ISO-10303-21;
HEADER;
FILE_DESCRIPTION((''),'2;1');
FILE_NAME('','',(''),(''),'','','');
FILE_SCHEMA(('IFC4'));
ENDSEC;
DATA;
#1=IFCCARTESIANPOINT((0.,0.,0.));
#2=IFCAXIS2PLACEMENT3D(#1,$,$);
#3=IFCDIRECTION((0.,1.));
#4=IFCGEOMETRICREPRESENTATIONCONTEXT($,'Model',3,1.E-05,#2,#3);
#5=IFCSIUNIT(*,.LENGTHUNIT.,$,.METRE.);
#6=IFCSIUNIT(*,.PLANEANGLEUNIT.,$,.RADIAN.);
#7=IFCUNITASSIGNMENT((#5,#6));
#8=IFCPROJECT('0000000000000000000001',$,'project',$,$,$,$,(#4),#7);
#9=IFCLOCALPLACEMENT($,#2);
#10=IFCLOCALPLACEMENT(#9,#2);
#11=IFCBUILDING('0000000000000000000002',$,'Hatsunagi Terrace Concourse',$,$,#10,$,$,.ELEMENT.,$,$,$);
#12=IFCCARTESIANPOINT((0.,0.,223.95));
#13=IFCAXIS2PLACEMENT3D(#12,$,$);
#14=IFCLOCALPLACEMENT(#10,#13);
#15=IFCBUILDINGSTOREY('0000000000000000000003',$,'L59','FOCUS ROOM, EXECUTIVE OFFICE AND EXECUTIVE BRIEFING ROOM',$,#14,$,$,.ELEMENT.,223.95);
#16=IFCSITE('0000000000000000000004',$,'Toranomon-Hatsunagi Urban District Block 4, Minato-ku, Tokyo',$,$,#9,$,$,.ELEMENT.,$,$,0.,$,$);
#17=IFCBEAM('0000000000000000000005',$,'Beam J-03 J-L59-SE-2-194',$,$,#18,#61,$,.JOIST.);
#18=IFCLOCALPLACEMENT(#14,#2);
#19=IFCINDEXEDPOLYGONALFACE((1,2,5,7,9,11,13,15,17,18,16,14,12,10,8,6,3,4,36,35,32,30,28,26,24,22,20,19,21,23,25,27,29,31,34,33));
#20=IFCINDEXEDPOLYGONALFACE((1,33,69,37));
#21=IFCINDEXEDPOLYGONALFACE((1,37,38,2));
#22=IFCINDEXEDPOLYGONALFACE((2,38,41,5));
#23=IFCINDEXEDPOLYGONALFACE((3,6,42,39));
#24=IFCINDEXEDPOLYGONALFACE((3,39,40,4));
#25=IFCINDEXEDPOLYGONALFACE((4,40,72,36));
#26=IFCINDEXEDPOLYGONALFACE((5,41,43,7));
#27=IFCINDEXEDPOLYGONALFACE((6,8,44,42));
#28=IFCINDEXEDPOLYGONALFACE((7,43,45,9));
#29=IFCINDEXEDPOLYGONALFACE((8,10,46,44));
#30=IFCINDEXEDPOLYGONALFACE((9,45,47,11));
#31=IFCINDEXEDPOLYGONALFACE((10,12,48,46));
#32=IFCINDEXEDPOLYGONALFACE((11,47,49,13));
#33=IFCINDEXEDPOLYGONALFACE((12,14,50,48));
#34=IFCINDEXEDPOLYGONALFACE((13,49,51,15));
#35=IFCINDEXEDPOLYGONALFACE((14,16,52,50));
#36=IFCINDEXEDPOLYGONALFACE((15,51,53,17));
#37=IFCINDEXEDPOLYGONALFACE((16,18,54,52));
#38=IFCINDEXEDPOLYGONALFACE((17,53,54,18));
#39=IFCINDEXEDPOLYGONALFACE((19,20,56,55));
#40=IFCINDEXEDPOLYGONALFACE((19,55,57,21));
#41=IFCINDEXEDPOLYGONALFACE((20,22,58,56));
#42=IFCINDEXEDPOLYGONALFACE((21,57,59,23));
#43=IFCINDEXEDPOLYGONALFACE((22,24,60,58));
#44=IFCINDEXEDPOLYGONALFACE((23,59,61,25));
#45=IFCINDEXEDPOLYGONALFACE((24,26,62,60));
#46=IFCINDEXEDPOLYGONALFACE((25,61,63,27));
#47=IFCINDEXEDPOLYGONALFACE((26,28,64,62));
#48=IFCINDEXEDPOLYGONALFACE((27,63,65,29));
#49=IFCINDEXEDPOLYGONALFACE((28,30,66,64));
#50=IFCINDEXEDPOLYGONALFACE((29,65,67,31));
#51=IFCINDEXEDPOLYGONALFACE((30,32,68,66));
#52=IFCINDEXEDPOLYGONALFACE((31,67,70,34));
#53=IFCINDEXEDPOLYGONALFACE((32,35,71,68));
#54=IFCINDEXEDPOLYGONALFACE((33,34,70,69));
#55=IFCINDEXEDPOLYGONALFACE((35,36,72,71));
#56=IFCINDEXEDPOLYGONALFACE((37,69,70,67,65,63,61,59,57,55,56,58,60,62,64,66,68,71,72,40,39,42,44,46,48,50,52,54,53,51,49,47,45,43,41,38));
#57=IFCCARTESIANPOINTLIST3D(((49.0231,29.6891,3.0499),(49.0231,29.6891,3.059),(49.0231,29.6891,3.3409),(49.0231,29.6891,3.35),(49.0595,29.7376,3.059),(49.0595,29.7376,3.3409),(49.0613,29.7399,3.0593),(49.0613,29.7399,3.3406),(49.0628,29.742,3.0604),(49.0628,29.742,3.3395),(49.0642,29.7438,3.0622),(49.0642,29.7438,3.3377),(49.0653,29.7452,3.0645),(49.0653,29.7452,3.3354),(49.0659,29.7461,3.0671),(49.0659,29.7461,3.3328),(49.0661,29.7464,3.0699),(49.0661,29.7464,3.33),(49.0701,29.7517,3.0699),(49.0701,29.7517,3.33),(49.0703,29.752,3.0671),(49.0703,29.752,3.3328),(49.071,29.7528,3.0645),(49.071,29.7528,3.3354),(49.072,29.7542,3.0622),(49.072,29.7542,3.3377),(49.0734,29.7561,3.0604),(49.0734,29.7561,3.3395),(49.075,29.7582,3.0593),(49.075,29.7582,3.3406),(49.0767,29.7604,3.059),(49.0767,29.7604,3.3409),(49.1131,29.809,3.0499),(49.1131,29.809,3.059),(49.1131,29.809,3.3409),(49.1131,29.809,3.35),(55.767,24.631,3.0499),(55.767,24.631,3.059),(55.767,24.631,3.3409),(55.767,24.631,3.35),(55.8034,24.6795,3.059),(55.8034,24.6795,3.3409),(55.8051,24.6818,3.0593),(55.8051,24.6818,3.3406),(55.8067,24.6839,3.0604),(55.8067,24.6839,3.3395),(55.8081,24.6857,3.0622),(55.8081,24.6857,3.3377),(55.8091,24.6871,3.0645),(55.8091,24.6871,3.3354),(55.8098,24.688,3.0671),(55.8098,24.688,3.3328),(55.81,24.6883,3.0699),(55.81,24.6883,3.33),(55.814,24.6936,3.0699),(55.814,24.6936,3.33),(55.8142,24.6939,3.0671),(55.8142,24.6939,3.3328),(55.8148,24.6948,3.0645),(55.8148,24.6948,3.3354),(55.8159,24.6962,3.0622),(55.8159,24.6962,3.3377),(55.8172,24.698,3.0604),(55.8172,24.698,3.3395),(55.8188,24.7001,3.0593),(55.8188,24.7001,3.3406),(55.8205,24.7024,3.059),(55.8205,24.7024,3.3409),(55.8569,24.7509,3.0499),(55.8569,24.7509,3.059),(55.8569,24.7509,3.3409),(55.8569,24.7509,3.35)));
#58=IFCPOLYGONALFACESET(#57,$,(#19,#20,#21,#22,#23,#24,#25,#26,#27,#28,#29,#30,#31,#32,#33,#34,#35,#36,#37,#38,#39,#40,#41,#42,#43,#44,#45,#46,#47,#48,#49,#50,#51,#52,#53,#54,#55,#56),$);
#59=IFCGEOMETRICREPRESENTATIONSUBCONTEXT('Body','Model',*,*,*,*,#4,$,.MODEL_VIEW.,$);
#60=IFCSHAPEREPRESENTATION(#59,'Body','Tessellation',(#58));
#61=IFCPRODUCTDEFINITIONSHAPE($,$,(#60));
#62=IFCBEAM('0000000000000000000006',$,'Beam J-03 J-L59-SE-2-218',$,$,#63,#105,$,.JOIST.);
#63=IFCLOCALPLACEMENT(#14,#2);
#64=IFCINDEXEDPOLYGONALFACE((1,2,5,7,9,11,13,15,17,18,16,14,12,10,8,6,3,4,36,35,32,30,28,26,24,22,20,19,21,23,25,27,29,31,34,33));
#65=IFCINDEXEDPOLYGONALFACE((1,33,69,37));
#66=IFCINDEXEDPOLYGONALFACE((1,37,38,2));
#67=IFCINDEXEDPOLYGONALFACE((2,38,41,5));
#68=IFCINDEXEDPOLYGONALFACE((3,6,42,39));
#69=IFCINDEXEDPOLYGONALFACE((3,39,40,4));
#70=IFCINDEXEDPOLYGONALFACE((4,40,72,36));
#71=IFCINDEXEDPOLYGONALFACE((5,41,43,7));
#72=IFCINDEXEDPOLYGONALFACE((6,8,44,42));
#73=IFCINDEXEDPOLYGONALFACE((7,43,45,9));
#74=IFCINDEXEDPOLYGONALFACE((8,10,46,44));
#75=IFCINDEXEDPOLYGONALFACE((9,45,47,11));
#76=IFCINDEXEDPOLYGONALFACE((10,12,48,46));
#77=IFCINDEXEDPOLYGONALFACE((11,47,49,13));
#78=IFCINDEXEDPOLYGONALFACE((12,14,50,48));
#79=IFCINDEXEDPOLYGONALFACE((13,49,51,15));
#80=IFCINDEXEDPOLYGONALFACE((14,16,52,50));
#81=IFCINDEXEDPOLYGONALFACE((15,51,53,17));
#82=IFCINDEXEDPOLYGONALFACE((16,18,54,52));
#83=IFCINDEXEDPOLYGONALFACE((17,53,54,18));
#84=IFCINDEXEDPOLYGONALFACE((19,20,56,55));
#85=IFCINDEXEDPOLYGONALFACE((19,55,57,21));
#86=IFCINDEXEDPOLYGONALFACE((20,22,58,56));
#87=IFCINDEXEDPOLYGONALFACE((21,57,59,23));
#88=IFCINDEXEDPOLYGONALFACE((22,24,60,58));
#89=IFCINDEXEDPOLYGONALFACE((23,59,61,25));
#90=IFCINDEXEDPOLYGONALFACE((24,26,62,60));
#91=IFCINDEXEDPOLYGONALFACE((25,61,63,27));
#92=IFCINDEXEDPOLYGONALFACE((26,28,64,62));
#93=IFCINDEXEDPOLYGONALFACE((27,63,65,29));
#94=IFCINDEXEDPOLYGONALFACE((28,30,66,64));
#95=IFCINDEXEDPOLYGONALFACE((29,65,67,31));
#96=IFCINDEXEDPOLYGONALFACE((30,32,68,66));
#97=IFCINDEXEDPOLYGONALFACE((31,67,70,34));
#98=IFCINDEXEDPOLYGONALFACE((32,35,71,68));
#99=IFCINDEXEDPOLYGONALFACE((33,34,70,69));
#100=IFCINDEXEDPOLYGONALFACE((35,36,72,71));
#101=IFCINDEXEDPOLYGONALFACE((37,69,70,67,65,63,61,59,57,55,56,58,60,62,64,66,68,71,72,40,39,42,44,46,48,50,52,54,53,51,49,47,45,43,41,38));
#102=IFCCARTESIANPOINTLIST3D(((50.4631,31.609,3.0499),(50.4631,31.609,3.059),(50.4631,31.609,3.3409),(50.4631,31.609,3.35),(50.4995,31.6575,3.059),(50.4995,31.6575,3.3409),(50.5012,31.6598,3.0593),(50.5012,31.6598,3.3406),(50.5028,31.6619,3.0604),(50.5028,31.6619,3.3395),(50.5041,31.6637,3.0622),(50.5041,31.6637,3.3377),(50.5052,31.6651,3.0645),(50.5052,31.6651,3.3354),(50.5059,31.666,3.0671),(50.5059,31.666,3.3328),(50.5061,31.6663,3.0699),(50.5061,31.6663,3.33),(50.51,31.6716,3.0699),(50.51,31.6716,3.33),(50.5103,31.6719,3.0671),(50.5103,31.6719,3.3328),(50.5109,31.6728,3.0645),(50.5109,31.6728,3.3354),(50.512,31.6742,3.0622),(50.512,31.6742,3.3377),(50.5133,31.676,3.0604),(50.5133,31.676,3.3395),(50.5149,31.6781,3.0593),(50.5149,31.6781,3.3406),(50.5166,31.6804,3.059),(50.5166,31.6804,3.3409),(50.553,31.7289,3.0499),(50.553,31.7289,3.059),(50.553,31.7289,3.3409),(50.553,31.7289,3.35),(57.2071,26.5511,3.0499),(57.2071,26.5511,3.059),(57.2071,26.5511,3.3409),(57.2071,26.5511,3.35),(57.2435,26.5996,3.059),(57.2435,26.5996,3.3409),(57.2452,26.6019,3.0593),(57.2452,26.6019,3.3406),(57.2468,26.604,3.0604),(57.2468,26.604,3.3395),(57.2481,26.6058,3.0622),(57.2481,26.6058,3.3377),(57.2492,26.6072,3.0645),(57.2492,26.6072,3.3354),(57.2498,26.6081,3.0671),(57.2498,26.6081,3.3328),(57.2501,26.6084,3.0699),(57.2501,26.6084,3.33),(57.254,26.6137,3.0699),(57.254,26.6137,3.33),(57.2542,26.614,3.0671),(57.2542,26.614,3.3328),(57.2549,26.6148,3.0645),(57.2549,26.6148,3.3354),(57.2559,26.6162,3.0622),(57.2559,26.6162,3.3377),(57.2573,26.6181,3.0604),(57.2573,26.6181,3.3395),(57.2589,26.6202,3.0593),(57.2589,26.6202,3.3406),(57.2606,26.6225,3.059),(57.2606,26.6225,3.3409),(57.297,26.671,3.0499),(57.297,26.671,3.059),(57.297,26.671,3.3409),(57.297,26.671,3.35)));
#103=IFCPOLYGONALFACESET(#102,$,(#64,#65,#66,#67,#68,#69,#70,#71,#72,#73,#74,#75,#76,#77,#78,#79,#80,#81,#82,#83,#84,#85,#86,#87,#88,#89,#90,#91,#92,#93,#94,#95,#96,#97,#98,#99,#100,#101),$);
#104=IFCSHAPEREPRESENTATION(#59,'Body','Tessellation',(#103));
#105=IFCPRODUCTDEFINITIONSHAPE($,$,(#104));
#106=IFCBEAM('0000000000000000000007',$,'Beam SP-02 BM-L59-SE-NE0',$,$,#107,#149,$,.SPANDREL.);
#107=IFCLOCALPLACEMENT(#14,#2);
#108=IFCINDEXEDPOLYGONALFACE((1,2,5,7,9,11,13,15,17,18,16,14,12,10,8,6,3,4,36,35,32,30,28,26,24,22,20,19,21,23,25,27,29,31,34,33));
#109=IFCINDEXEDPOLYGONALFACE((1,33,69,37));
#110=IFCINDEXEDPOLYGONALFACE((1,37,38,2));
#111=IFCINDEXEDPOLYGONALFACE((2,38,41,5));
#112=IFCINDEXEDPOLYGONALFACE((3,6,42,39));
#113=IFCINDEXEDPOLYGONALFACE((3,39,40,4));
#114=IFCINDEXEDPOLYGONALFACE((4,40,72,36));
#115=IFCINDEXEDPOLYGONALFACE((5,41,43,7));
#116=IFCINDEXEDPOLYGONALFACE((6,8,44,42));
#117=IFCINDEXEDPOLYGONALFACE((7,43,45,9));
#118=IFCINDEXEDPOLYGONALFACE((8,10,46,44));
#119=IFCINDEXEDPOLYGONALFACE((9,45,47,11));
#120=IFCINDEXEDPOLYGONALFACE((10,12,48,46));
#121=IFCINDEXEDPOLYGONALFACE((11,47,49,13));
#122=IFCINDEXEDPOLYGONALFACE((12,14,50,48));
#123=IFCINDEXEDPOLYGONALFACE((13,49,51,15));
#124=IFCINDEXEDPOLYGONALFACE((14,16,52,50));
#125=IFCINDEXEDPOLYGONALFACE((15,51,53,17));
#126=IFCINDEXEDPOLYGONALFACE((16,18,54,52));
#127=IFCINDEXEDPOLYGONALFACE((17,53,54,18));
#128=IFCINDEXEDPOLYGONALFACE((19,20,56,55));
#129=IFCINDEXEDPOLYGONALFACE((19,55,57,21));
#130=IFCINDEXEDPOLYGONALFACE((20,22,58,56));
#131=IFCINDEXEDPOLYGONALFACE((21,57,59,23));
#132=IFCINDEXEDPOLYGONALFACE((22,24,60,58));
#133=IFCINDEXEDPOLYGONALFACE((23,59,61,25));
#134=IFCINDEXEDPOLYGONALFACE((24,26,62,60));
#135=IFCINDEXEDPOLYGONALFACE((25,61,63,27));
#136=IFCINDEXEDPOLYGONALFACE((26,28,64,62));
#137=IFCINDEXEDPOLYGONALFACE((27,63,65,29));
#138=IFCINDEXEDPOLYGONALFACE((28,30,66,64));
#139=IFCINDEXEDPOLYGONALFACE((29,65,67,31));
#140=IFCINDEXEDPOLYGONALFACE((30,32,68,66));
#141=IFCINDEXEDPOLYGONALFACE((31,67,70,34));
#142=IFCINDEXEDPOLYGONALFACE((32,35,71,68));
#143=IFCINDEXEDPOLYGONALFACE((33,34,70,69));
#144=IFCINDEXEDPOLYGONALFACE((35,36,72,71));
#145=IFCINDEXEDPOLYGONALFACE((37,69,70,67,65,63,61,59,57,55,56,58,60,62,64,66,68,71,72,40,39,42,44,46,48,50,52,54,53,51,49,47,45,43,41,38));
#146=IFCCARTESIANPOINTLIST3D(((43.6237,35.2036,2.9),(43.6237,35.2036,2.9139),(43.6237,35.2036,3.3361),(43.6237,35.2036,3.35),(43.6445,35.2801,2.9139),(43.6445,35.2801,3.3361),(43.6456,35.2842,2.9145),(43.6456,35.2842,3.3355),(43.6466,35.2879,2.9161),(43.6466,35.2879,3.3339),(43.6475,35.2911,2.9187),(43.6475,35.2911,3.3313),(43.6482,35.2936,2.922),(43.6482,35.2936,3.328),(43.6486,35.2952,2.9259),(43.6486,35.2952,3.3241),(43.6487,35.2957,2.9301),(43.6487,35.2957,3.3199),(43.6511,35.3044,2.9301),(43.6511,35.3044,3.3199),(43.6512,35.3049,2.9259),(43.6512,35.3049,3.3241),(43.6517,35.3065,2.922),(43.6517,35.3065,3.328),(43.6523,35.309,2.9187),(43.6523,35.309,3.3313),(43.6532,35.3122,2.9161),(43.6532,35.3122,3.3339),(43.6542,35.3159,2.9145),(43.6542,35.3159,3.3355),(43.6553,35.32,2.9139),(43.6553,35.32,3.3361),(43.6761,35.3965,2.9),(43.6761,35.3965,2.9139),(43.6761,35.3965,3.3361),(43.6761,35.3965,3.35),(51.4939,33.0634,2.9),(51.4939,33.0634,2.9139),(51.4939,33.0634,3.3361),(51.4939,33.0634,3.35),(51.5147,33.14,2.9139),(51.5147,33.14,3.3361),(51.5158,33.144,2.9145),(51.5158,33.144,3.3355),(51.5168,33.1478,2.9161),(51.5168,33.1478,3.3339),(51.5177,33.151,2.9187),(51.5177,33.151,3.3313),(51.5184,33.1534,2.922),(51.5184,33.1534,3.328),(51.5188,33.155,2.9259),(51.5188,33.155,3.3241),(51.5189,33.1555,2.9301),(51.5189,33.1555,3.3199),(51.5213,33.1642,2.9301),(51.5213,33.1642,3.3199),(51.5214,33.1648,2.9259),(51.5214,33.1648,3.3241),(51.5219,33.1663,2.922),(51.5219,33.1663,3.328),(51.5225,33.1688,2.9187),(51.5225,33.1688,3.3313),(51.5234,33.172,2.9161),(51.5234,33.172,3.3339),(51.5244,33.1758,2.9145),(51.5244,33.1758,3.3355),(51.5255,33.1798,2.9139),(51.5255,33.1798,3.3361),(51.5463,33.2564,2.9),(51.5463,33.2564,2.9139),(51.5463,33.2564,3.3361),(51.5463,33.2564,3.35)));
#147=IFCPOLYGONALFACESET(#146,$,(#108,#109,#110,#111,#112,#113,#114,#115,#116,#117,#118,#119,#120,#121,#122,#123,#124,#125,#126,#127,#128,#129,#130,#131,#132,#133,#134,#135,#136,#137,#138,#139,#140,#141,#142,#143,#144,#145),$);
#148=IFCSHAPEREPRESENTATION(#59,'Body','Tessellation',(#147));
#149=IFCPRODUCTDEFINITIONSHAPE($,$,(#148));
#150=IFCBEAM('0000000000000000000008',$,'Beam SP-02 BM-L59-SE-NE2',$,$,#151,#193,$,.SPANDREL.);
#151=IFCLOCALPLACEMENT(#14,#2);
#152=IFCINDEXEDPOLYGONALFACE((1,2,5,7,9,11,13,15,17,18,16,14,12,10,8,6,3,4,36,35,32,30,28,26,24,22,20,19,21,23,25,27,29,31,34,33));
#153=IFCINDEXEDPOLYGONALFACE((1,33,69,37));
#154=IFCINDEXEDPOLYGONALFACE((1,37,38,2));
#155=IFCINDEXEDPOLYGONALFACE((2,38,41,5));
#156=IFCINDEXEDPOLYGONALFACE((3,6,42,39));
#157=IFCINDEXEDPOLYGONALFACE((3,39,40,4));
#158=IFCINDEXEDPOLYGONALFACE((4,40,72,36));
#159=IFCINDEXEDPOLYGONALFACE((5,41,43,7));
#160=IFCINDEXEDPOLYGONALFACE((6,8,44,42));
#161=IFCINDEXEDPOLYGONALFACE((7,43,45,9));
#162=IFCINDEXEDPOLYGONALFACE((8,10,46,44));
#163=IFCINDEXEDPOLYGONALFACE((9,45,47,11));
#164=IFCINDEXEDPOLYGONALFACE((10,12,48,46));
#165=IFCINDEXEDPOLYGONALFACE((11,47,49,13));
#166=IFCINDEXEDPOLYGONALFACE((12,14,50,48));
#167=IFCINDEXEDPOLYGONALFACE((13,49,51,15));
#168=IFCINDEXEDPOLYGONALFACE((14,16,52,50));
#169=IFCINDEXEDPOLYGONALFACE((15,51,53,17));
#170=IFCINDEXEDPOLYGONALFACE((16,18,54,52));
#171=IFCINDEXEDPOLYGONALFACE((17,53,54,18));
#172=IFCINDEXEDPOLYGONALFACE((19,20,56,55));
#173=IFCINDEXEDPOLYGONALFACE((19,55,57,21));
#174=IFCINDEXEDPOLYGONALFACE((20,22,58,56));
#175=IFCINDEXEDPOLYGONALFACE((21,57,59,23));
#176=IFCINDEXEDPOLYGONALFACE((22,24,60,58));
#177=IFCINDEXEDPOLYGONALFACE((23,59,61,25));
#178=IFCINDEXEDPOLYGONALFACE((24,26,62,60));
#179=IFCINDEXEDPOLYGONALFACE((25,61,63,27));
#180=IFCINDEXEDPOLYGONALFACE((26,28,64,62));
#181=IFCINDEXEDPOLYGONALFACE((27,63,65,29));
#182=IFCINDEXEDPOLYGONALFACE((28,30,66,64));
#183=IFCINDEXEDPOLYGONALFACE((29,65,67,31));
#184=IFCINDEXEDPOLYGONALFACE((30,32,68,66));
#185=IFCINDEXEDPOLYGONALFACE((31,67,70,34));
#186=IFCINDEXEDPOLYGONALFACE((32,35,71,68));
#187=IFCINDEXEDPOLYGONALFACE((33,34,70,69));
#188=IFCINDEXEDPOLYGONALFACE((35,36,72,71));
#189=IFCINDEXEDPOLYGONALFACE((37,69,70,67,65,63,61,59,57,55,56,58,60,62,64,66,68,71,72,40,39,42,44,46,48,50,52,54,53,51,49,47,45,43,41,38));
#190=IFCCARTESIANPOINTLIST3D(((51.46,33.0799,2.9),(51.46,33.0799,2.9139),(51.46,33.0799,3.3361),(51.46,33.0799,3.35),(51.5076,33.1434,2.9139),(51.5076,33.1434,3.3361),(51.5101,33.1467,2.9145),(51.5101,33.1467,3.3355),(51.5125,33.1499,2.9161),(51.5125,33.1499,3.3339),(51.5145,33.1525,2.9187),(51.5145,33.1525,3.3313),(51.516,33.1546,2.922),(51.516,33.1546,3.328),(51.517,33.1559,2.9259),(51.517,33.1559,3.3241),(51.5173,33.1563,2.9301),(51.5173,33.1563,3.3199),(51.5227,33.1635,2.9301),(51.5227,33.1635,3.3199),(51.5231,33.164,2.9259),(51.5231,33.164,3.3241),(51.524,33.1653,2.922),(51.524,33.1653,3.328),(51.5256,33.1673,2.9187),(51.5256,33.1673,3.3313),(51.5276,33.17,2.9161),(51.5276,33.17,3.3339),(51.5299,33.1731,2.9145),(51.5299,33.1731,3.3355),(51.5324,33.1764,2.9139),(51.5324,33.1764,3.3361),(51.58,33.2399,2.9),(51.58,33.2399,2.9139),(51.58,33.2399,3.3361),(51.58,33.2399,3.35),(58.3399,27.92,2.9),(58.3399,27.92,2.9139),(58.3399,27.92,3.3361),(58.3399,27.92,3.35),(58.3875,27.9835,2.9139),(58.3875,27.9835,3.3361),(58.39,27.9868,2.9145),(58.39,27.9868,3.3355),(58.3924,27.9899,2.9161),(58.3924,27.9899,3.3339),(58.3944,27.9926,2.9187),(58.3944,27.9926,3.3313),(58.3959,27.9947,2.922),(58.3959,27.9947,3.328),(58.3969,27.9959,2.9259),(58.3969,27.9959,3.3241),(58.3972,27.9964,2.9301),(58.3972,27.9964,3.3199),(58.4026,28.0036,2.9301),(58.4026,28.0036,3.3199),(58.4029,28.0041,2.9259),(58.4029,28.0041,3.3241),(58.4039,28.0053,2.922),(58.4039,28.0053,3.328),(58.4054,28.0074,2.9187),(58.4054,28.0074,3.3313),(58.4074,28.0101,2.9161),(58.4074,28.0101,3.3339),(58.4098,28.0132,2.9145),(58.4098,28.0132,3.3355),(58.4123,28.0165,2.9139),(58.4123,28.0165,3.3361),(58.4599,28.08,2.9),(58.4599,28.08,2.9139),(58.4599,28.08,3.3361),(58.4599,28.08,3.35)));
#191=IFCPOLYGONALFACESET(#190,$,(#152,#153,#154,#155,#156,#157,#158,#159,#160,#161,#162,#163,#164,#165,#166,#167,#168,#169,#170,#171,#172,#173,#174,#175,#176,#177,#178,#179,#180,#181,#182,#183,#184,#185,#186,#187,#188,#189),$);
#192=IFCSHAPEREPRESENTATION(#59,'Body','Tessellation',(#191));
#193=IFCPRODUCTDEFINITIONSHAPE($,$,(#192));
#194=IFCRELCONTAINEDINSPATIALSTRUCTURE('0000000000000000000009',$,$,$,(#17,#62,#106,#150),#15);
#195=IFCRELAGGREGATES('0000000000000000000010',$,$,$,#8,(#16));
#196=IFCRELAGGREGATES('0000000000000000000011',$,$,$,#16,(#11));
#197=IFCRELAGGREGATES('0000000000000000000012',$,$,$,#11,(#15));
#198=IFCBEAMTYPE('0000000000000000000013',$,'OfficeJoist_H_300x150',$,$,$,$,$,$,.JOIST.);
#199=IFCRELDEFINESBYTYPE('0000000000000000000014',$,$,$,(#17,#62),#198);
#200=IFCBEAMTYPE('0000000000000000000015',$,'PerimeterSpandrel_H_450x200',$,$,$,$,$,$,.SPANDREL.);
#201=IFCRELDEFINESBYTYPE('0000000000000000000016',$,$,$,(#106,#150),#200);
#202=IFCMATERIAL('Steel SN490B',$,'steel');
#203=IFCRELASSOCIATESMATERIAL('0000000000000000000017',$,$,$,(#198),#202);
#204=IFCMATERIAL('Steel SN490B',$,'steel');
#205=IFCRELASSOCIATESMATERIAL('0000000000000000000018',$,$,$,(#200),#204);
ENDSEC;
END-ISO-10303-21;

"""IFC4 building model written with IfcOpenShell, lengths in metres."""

from ifc_helpers import new_model, si_unit, direction, frame, origin, origin_2d, place, context, subcontext, project, spatial, i_section, extrude, material, material_profile, profile_set, type_object, element, save


model = new_model("IFC4")

# Units and contexts
model_context = context("Model", 3, precision=1e-05, world=origin(), true_north=direction((0.0, 1.0)))
body_context = subcontext(model_context, "Body", "Model", "MODEL_VIEW")
ifc_project = project(units=[si_unit("LENGTHUNIT", "METRE"), si_unit("PLANEANGLEUNIT", "RADIAN")], contexts=[model_context])

# Site, building, storey
site_placement = place(None, origin())
site = spatial("IfcSite", under=ifc_project, at=site_placement, Name="Toranomon-Hatsunagi Urban District Block 4, Minato-ku, Tokyo", CompositionType="ELEMENT", RefElevation=0.0)
building_placement = place(site_placement, origin())
building = spatial("IfcBuilding", under=site, at=building_placement, Name="Hatsunagi Terrace Concourse", CompositionType="ELEMENT")
storey_placement = place(building_placement, frame((0.0, 0.0, 223.95)))
storey = spatial("IfcBuildingStorey", under=building, at=storey_placement, Name="L59", Description="FOCUS ROOM, EXECUTIVE OFFICE AND EXECUTIVE BRIEFING ROOM", CompositionType="ELEMENT", Elevation=223.95)

# Beams
ifc_material_1 = material(Name="Steel SN490B", Category="steel")
ifc_material_profile_1 = material_profile(ifc_material_1, i_section(OverallWidth=0.1499, OverallDepth=0.3, WebThickness=0.0066, FlangeThickness=0.009, FilletRadius=0.011, at=origin_2d()), Name="H-300x150x6.5x9")
ifc_profile_set_1 = profile_set([ifc_material_profile_1], Name="Steel SN490B")
beam_type_1 = type_object("IfcBeamType", Name="OfficeJoist_H_300x150", PredefinedType="JOIST", material=ifc_profile_set_1)
for number, where, z_axis, x_axis, name in (
    (1, (49.0681, 29.749, 3.2), (0.79999, -0.600014, 0.0), (0.600014, 0.79999, 0.0), "Beam J-03 J-L59-SE-2-194"),
    (2, (50.5081, 31.6689, 3.2), (0.800003, -0.599995, 0.0), (0.599995, 0.800003, 0.0), "Beam J-03 J-L59-SE-2-218"),
):
    element("IfcBeam", number, at=place(storey_placement, frame(where, z_axis=z_axis, x_axis=x_axis)), inside=storey, type_object=beam_type_1, Name=name, PredefinedType="JOIST", context=body_context, shape_type="SweptSolid", body=[
        extrude(i_section(OverallWidth=0.1499, OverallDepth=0.3, WebThickness=0.0066, FlangeThickness=0.009, FilletRadius=0.011, at=origin_2d()), origin(), (0.0, 0.0, 1.0), 8.4299),
    ])
ifc_material_2 = material(Name="Steel SN490B", Category="steel")
ifc_material_profile_2 = material_profile(ifc_material_2, i_section(OverallWidth=0.2, OverallDepth=0.45, WebThickness=0.009, FlangeThickness=0.0139, FilletRadius=0.0161, at=origin_2d()), Name="H-450x200x9x14")
ifc_profile_set_2 = profile_set([ifc_material_profile_2], Name="Steel SN490B")
beam_type_2 = type_object("IfcBeamType", Name="PerimeterSpandrel_H_450x200", PredefinedType="SPANDREL", material=ifc_profile_set_2)
beam_1_placement = place(storey_placement, frame((43.6499, 35.3, 3.125), z_axis=(0.964958, -0.262403, 0.0), x_axis=(0.262403, 0.964958, 0.0)))
element("IfcBeam", 3, at=beam_1_placement, inside=storey, type_object=beam_type_2, Name="Beam SP-02 BM-L59-SE-NE0", PredefinedType="SPANDREL", context=body_context, shape_type="SweptSolid", body=[
    extrude(i_section(OverallWidth=0.2, OverallDepth=0.45, WebThickness=0.009, FlangeThickness=0.0139, FilletRadius=0.0161, at=origin_2d()), origin(), (0.0, 0.0, 1.0), 8.156),
])
beam_2_placement = place(storey_placement, frame((51.52, 33.1599, 3.125), z_axis=(0.8, -0.6, 0.0), x_axis=(0.6, 0.8, 0.0)))
element("IfcBeam", 4, at=beam_2_placement, inside=storey, type_object=beam_type_2, Name="Beam SP-02 BM-L59-SE-NE2", PredefinedType="SPANDREL", context=body_context, shape_type="SweptSolid", body=[
    extrude(i_section(OverallWidth=0.2, OverallDepth=0.45, WebThickness=0.009, FlangeThickness=0.0139, FilletRadius=0.0161, at=origin_2d()), origin(), (0.0, 0.0, 1.0), 8.5999),
])

save(model, "model.ifc")
